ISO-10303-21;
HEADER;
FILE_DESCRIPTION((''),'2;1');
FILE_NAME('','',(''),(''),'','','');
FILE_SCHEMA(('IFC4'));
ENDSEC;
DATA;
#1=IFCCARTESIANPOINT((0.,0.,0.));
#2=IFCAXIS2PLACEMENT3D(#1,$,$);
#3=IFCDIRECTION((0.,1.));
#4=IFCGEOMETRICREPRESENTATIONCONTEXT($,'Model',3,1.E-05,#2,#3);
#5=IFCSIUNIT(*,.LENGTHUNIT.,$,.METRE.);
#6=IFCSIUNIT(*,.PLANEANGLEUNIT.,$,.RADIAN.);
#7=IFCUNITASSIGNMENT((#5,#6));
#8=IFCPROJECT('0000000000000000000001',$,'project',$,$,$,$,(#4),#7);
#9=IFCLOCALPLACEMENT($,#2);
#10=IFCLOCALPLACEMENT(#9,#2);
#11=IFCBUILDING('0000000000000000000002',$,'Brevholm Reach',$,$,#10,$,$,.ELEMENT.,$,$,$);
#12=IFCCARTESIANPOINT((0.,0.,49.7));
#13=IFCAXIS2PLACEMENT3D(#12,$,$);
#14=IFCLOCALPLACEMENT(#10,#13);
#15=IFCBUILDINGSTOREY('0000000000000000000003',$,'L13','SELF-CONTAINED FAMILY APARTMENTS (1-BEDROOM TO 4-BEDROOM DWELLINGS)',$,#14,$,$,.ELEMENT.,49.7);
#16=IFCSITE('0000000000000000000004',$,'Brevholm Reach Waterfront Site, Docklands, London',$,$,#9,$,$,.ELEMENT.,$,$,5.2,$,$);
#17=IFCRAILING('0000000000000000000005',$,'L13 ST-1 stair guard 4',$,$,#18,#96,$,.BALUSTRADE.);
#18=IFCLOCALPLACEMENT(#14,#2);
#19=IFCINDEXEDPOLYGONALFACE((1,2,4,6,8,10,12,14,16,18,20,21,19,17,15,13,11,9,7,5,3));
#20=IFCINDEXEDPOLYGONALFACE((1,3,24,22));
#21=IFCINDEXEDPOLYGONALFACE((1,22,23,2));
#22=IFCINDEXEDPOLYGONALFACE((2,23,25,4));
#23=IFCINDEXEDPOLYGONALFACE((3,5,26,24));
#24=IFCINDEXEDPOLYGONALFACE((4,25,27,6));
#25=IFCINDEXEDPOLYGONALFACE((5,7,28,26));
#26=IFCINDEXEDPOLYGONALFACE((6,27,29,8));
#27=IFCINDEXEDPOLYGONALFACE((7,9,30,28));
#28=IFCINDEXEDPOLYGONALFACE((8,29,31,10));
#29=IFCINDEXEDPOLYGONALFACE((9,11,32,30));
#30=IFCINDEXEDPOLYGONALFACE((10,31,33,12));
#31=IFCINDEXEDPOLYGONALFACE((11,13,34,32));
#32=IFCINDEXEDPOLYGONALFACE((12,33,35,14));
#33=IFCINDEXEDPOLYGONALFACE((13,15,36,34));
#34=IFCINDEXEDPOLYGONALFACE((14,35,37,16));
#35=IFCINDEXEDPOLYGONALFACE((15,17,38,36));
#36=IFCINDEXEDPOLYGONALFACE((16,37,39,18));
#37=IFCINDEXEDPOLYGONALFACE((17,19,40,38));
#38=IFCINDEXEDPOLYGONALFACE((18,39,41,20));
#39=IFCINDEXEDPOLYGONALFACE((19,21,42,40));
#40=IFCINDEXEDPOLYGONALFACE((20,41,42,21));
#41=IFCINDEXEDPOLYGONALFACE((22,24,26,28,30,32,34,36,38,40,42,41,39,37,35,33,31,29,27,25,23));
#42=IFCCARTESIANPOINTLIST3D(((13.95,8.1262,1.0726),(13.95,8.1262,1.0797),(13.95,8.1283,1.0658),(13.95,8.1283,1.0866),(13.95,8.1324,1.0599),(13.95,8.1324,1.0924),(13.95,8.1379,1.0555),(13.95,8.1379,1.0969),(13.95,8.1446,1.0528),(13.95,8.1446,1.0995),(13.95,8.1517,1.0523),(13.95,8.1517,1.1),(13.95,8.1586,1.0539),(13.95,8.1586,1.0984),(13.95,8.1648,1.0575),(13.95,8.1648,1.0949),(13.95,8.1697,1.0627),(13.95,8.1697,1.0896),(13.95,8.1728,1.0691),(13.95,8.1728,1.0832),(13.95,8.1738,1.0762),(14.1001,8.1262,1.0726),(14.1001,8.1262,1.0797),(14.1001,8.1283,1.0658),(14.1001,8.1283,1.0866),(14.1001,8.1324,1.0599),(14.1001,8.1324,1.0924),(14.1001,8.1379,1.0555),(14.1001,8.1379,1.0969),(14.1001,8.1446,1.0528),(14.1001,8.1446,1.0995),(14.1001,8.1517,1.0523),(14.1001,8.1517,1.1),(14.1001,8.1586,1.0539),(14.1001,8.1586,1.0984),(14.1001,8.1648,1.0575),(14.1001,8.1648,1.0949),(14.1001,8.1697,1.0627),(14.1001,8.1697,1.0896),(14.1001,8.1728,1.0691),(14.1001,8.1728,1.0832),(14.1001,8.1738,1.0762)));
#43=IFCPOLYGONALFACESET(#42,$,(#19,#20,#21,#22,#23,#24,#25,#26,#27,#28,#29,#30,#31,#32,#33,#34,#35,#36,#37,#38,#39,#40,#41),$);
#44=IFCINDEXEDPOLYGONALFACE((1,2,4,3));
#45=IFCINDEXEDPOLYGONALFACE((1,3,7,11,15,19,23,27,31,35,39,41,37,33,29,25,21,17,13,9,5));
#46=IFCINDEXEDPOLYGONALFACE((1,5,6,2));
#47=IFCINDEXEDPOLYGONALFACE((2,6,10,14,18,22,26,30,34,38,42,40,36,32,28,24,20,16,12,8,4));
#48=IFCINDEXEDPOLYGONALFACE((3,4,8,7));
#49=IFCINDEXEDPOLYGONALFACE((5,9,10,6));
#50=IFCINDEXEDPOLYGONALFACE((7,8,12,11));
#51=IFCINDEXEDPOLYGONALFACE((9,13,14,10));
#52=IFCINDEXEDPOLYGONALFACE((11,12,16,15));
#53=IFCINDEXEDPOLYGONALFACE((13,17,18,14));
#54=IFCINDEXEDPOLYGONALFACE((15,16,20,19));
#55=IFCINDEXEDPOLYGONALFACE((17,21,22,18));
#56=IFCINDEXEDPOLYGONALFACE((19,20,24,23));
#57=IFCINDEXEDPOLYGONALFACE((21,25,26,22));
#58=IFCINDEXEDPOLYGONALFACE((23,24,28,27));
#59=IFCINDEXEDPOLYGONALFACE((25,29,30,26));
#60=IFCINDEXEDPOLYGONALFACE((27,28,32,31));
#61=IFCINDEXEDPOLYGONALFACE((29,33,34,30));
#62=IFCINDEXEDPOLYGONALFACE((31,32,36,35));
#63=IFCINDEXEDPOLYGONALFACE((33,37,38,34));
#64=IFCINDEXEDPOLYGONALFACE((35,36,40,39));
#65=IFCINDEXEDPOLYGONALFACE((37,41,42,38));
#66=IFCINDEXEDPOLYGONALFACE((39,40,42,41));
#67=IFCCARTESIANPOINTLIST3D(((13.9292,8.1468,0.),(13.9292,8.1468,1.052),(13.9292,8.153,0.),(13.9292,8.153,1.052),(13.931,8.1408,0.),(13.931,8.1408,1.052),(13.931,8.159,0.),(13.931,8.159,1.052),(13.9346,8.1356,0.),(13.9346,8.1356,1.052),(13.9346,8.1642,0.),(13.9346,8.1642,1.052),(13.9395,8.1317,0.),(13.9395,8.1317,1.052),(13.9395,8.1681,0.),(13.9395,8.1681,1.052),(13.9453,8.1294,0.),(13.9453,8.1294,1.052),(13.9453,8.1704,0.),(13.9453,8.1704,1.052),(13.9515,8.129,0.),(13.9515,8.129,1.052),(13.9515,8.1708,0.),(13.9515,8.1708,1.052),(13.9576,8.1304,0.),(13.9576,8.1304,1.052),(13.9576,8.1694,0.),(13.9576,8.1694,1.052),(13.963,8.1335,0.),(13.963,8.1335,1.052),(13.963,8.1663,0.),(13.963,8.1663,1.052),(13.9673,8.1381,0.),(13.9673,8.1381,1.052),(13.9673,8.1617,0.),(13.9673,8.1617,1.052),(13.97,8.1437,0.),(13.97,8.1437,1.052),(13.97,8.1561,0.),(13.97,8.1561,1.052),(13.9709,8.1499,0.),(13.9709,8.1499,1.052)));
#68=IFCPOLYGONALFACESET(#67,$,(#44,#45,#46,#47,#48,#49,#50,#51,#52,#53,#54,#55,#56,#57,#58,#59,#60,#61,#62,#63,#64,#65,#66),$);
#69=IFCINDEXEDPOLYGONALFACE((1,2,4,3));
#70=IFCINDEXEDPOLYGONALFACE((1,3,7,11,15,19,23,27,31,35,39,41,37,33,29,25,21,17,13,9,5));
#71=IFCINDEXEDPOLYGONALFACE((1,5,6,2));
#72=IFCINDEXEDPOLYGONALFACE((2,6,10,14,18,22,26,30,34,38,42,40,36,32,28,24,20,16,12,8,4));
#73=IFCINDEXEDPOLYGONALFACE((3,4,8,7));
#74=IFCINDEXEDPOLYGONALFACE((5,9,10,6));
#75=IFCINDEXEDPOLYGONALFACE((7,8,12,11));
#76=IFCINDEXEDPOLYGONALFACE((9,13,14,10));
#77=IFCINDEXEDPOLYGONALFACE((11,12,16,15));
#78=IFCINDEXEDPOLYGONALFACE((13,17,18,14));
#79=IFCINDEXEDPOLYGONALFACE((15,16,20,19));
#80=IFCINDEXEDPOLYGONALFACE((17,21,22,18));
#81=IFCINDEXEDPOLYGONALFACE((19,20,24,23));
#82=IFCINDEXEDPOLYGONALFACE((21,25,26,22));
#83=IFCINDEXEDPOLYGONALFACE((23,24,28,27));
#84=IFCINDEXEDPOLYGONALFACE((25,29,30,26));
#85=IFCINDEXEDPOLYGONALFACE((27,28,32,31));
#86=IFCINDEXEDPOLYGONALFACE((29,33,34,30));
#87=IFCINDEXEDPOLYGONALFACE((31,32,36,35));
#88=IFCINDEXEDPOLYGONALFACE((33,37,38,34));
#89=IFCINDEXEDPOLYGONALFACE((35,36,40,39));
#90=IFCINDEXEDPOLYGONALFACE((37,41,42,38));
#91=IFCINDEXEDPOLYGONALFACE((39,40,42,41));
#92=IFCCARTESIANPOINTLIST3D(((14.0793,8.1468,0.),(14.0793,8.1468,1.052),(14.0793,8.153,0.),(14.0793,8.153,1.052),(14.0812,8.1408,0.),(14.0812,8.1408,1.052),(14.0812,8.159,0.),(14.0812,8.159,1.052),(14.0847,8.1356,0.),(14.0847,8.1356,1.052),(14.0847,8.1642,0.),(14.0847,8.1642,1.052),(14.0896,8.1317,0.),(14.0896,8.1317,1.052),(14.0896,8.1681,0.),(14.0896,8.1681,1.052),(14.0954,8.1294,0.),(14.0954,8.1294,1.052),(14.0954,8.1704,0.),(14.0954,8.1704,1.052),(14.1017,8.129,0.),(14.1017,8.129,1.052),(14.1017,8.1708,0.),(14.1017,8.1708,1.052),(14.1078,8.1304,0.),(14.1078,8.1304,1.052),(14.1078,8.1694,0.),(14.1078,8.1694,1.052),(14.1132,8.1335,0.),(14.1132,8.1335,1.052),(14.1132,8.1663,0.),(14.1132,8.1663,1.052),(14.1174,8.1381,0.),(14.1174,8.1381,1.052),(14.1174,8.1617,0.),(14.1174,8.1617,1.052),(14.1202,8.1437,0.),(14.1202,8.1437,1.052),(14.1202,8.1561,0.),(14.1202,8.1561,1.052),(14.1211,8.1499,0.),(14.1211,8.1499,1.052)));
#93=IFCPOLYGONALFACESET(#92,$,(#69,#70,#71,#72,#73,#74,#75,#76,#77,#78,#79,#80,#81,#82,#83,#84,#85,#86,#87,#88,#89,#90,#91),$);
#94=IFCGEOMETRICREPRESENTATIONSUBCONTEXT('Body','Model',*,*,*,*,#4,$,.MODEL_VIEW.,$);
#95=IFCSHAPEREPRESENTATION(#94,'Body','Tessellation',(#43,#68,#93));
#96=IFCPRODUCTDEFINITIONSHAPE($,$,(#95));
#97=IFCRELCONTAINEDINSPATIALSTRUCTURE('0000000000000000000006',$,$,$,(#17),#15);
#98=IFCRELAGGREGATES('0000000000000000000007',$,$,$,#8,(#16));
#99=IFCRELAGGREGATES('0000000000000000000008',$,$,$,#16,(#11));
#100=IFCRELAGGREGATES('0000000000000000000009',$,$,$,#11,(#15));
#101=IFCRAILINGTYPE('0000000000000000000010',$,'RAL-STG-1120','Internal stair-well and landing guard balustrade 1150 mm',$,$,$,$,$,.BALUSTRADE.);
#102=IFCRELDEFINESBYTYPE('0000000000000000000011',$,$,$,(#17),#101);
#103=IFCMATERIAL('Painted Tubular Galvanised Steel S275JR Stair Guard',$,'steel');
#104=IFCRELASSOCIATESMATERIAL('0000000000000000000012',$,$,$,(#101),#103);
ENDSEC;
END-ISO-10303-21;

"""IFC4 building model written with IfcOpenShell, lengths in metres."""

from ifc_helpers import new_model, si_unit, direction, frame, origin, origin_2d, place, context, subcontext, project, spatial, circle, extrude, material, type_object, element, save


model = new_model("IFC4")

# Units and contexts
model_context = context("Model", 3, precision=1e-05, world=origin(), true_north=direction((0.0, 1.0)))
body_context = subcontext(model_context, "Body", "Model", "MODEL_VIEW")
ifc_project = project(units=[si_unit("LENGTHUNIT", "METRE"), si_unit("PLANEANGLEUNIT", "RADIAN")], contexts=[model_context])

# Site, building, storey
site_placement = place(None, origin())
site = spatial("IfcSite", under=ifc_project, at=site_placement, Name="Brevholm Reach Waterfront Site, Docklands, London", CompositionType="ELEMENT", RefElevation=5.2)
building_placement = place(site_placement, origin())
building = spatial("IfcBuilding", under=site, at=building_placement, Name="Brevholm Reach", CompositionType="ELEMENT")
storey_placement = place(building_placement, frame((0.0, 0.0, 49.7)))
storey = spatial("IfcBuildingStorey", under=building, at=storey_placement, Name="L13", Description="SELF-CONTAINED FAMILY APARTMENTS (1-BEDROOM TO 4-BEDROOM DWELLINGS)", CompositionType="ELEMENT", Elevation=49.7)

# Railing
ifc_material_1 = material(Name="Painted Tubular Galvanised Steel S275JR Stair Guard", Category="steel")
railing_type = type_object("IfcRailingType", Name="RAL-STG-1120", Description="Internal stair-well and landing guard balustrade 1150 mm", PredefinedType="BALUSTRADE", material=ifc_material_1)
railing_1_placement = place(storey_placement, frame((13.95, 8.1499, 0.0)))
element("IfcRailing", 1, at=railing_1_placement, inside=storey, type_object=railing_type, Name="L13 ST-1 stair guard 4", PredefinedType="BALUSTRADE", context=body_context, shape_type="SweptSolid", body=[
    extrude(circle(Radius=0.0239, at=origin_2d()), frame((0.0, 0.0, 1.0762), z_axis=(1.0, 0.0, 0.0), x_axis=(0.0, 1.0, 0.0)), (0.0, 0.0, 1.0), 0.1501),
    extrude(circle(Radius=0.021, at=origin_2d()), origin(), (0.0, 0.0, 1.0), 1.052),
    extrude(circle(Radius=0.021, at=origin_2d()), frame((0.1501, 0.0, 0.0)), (0.0, 0.0, 1.0), 1.052),
])

save(model, "model.ifc")
